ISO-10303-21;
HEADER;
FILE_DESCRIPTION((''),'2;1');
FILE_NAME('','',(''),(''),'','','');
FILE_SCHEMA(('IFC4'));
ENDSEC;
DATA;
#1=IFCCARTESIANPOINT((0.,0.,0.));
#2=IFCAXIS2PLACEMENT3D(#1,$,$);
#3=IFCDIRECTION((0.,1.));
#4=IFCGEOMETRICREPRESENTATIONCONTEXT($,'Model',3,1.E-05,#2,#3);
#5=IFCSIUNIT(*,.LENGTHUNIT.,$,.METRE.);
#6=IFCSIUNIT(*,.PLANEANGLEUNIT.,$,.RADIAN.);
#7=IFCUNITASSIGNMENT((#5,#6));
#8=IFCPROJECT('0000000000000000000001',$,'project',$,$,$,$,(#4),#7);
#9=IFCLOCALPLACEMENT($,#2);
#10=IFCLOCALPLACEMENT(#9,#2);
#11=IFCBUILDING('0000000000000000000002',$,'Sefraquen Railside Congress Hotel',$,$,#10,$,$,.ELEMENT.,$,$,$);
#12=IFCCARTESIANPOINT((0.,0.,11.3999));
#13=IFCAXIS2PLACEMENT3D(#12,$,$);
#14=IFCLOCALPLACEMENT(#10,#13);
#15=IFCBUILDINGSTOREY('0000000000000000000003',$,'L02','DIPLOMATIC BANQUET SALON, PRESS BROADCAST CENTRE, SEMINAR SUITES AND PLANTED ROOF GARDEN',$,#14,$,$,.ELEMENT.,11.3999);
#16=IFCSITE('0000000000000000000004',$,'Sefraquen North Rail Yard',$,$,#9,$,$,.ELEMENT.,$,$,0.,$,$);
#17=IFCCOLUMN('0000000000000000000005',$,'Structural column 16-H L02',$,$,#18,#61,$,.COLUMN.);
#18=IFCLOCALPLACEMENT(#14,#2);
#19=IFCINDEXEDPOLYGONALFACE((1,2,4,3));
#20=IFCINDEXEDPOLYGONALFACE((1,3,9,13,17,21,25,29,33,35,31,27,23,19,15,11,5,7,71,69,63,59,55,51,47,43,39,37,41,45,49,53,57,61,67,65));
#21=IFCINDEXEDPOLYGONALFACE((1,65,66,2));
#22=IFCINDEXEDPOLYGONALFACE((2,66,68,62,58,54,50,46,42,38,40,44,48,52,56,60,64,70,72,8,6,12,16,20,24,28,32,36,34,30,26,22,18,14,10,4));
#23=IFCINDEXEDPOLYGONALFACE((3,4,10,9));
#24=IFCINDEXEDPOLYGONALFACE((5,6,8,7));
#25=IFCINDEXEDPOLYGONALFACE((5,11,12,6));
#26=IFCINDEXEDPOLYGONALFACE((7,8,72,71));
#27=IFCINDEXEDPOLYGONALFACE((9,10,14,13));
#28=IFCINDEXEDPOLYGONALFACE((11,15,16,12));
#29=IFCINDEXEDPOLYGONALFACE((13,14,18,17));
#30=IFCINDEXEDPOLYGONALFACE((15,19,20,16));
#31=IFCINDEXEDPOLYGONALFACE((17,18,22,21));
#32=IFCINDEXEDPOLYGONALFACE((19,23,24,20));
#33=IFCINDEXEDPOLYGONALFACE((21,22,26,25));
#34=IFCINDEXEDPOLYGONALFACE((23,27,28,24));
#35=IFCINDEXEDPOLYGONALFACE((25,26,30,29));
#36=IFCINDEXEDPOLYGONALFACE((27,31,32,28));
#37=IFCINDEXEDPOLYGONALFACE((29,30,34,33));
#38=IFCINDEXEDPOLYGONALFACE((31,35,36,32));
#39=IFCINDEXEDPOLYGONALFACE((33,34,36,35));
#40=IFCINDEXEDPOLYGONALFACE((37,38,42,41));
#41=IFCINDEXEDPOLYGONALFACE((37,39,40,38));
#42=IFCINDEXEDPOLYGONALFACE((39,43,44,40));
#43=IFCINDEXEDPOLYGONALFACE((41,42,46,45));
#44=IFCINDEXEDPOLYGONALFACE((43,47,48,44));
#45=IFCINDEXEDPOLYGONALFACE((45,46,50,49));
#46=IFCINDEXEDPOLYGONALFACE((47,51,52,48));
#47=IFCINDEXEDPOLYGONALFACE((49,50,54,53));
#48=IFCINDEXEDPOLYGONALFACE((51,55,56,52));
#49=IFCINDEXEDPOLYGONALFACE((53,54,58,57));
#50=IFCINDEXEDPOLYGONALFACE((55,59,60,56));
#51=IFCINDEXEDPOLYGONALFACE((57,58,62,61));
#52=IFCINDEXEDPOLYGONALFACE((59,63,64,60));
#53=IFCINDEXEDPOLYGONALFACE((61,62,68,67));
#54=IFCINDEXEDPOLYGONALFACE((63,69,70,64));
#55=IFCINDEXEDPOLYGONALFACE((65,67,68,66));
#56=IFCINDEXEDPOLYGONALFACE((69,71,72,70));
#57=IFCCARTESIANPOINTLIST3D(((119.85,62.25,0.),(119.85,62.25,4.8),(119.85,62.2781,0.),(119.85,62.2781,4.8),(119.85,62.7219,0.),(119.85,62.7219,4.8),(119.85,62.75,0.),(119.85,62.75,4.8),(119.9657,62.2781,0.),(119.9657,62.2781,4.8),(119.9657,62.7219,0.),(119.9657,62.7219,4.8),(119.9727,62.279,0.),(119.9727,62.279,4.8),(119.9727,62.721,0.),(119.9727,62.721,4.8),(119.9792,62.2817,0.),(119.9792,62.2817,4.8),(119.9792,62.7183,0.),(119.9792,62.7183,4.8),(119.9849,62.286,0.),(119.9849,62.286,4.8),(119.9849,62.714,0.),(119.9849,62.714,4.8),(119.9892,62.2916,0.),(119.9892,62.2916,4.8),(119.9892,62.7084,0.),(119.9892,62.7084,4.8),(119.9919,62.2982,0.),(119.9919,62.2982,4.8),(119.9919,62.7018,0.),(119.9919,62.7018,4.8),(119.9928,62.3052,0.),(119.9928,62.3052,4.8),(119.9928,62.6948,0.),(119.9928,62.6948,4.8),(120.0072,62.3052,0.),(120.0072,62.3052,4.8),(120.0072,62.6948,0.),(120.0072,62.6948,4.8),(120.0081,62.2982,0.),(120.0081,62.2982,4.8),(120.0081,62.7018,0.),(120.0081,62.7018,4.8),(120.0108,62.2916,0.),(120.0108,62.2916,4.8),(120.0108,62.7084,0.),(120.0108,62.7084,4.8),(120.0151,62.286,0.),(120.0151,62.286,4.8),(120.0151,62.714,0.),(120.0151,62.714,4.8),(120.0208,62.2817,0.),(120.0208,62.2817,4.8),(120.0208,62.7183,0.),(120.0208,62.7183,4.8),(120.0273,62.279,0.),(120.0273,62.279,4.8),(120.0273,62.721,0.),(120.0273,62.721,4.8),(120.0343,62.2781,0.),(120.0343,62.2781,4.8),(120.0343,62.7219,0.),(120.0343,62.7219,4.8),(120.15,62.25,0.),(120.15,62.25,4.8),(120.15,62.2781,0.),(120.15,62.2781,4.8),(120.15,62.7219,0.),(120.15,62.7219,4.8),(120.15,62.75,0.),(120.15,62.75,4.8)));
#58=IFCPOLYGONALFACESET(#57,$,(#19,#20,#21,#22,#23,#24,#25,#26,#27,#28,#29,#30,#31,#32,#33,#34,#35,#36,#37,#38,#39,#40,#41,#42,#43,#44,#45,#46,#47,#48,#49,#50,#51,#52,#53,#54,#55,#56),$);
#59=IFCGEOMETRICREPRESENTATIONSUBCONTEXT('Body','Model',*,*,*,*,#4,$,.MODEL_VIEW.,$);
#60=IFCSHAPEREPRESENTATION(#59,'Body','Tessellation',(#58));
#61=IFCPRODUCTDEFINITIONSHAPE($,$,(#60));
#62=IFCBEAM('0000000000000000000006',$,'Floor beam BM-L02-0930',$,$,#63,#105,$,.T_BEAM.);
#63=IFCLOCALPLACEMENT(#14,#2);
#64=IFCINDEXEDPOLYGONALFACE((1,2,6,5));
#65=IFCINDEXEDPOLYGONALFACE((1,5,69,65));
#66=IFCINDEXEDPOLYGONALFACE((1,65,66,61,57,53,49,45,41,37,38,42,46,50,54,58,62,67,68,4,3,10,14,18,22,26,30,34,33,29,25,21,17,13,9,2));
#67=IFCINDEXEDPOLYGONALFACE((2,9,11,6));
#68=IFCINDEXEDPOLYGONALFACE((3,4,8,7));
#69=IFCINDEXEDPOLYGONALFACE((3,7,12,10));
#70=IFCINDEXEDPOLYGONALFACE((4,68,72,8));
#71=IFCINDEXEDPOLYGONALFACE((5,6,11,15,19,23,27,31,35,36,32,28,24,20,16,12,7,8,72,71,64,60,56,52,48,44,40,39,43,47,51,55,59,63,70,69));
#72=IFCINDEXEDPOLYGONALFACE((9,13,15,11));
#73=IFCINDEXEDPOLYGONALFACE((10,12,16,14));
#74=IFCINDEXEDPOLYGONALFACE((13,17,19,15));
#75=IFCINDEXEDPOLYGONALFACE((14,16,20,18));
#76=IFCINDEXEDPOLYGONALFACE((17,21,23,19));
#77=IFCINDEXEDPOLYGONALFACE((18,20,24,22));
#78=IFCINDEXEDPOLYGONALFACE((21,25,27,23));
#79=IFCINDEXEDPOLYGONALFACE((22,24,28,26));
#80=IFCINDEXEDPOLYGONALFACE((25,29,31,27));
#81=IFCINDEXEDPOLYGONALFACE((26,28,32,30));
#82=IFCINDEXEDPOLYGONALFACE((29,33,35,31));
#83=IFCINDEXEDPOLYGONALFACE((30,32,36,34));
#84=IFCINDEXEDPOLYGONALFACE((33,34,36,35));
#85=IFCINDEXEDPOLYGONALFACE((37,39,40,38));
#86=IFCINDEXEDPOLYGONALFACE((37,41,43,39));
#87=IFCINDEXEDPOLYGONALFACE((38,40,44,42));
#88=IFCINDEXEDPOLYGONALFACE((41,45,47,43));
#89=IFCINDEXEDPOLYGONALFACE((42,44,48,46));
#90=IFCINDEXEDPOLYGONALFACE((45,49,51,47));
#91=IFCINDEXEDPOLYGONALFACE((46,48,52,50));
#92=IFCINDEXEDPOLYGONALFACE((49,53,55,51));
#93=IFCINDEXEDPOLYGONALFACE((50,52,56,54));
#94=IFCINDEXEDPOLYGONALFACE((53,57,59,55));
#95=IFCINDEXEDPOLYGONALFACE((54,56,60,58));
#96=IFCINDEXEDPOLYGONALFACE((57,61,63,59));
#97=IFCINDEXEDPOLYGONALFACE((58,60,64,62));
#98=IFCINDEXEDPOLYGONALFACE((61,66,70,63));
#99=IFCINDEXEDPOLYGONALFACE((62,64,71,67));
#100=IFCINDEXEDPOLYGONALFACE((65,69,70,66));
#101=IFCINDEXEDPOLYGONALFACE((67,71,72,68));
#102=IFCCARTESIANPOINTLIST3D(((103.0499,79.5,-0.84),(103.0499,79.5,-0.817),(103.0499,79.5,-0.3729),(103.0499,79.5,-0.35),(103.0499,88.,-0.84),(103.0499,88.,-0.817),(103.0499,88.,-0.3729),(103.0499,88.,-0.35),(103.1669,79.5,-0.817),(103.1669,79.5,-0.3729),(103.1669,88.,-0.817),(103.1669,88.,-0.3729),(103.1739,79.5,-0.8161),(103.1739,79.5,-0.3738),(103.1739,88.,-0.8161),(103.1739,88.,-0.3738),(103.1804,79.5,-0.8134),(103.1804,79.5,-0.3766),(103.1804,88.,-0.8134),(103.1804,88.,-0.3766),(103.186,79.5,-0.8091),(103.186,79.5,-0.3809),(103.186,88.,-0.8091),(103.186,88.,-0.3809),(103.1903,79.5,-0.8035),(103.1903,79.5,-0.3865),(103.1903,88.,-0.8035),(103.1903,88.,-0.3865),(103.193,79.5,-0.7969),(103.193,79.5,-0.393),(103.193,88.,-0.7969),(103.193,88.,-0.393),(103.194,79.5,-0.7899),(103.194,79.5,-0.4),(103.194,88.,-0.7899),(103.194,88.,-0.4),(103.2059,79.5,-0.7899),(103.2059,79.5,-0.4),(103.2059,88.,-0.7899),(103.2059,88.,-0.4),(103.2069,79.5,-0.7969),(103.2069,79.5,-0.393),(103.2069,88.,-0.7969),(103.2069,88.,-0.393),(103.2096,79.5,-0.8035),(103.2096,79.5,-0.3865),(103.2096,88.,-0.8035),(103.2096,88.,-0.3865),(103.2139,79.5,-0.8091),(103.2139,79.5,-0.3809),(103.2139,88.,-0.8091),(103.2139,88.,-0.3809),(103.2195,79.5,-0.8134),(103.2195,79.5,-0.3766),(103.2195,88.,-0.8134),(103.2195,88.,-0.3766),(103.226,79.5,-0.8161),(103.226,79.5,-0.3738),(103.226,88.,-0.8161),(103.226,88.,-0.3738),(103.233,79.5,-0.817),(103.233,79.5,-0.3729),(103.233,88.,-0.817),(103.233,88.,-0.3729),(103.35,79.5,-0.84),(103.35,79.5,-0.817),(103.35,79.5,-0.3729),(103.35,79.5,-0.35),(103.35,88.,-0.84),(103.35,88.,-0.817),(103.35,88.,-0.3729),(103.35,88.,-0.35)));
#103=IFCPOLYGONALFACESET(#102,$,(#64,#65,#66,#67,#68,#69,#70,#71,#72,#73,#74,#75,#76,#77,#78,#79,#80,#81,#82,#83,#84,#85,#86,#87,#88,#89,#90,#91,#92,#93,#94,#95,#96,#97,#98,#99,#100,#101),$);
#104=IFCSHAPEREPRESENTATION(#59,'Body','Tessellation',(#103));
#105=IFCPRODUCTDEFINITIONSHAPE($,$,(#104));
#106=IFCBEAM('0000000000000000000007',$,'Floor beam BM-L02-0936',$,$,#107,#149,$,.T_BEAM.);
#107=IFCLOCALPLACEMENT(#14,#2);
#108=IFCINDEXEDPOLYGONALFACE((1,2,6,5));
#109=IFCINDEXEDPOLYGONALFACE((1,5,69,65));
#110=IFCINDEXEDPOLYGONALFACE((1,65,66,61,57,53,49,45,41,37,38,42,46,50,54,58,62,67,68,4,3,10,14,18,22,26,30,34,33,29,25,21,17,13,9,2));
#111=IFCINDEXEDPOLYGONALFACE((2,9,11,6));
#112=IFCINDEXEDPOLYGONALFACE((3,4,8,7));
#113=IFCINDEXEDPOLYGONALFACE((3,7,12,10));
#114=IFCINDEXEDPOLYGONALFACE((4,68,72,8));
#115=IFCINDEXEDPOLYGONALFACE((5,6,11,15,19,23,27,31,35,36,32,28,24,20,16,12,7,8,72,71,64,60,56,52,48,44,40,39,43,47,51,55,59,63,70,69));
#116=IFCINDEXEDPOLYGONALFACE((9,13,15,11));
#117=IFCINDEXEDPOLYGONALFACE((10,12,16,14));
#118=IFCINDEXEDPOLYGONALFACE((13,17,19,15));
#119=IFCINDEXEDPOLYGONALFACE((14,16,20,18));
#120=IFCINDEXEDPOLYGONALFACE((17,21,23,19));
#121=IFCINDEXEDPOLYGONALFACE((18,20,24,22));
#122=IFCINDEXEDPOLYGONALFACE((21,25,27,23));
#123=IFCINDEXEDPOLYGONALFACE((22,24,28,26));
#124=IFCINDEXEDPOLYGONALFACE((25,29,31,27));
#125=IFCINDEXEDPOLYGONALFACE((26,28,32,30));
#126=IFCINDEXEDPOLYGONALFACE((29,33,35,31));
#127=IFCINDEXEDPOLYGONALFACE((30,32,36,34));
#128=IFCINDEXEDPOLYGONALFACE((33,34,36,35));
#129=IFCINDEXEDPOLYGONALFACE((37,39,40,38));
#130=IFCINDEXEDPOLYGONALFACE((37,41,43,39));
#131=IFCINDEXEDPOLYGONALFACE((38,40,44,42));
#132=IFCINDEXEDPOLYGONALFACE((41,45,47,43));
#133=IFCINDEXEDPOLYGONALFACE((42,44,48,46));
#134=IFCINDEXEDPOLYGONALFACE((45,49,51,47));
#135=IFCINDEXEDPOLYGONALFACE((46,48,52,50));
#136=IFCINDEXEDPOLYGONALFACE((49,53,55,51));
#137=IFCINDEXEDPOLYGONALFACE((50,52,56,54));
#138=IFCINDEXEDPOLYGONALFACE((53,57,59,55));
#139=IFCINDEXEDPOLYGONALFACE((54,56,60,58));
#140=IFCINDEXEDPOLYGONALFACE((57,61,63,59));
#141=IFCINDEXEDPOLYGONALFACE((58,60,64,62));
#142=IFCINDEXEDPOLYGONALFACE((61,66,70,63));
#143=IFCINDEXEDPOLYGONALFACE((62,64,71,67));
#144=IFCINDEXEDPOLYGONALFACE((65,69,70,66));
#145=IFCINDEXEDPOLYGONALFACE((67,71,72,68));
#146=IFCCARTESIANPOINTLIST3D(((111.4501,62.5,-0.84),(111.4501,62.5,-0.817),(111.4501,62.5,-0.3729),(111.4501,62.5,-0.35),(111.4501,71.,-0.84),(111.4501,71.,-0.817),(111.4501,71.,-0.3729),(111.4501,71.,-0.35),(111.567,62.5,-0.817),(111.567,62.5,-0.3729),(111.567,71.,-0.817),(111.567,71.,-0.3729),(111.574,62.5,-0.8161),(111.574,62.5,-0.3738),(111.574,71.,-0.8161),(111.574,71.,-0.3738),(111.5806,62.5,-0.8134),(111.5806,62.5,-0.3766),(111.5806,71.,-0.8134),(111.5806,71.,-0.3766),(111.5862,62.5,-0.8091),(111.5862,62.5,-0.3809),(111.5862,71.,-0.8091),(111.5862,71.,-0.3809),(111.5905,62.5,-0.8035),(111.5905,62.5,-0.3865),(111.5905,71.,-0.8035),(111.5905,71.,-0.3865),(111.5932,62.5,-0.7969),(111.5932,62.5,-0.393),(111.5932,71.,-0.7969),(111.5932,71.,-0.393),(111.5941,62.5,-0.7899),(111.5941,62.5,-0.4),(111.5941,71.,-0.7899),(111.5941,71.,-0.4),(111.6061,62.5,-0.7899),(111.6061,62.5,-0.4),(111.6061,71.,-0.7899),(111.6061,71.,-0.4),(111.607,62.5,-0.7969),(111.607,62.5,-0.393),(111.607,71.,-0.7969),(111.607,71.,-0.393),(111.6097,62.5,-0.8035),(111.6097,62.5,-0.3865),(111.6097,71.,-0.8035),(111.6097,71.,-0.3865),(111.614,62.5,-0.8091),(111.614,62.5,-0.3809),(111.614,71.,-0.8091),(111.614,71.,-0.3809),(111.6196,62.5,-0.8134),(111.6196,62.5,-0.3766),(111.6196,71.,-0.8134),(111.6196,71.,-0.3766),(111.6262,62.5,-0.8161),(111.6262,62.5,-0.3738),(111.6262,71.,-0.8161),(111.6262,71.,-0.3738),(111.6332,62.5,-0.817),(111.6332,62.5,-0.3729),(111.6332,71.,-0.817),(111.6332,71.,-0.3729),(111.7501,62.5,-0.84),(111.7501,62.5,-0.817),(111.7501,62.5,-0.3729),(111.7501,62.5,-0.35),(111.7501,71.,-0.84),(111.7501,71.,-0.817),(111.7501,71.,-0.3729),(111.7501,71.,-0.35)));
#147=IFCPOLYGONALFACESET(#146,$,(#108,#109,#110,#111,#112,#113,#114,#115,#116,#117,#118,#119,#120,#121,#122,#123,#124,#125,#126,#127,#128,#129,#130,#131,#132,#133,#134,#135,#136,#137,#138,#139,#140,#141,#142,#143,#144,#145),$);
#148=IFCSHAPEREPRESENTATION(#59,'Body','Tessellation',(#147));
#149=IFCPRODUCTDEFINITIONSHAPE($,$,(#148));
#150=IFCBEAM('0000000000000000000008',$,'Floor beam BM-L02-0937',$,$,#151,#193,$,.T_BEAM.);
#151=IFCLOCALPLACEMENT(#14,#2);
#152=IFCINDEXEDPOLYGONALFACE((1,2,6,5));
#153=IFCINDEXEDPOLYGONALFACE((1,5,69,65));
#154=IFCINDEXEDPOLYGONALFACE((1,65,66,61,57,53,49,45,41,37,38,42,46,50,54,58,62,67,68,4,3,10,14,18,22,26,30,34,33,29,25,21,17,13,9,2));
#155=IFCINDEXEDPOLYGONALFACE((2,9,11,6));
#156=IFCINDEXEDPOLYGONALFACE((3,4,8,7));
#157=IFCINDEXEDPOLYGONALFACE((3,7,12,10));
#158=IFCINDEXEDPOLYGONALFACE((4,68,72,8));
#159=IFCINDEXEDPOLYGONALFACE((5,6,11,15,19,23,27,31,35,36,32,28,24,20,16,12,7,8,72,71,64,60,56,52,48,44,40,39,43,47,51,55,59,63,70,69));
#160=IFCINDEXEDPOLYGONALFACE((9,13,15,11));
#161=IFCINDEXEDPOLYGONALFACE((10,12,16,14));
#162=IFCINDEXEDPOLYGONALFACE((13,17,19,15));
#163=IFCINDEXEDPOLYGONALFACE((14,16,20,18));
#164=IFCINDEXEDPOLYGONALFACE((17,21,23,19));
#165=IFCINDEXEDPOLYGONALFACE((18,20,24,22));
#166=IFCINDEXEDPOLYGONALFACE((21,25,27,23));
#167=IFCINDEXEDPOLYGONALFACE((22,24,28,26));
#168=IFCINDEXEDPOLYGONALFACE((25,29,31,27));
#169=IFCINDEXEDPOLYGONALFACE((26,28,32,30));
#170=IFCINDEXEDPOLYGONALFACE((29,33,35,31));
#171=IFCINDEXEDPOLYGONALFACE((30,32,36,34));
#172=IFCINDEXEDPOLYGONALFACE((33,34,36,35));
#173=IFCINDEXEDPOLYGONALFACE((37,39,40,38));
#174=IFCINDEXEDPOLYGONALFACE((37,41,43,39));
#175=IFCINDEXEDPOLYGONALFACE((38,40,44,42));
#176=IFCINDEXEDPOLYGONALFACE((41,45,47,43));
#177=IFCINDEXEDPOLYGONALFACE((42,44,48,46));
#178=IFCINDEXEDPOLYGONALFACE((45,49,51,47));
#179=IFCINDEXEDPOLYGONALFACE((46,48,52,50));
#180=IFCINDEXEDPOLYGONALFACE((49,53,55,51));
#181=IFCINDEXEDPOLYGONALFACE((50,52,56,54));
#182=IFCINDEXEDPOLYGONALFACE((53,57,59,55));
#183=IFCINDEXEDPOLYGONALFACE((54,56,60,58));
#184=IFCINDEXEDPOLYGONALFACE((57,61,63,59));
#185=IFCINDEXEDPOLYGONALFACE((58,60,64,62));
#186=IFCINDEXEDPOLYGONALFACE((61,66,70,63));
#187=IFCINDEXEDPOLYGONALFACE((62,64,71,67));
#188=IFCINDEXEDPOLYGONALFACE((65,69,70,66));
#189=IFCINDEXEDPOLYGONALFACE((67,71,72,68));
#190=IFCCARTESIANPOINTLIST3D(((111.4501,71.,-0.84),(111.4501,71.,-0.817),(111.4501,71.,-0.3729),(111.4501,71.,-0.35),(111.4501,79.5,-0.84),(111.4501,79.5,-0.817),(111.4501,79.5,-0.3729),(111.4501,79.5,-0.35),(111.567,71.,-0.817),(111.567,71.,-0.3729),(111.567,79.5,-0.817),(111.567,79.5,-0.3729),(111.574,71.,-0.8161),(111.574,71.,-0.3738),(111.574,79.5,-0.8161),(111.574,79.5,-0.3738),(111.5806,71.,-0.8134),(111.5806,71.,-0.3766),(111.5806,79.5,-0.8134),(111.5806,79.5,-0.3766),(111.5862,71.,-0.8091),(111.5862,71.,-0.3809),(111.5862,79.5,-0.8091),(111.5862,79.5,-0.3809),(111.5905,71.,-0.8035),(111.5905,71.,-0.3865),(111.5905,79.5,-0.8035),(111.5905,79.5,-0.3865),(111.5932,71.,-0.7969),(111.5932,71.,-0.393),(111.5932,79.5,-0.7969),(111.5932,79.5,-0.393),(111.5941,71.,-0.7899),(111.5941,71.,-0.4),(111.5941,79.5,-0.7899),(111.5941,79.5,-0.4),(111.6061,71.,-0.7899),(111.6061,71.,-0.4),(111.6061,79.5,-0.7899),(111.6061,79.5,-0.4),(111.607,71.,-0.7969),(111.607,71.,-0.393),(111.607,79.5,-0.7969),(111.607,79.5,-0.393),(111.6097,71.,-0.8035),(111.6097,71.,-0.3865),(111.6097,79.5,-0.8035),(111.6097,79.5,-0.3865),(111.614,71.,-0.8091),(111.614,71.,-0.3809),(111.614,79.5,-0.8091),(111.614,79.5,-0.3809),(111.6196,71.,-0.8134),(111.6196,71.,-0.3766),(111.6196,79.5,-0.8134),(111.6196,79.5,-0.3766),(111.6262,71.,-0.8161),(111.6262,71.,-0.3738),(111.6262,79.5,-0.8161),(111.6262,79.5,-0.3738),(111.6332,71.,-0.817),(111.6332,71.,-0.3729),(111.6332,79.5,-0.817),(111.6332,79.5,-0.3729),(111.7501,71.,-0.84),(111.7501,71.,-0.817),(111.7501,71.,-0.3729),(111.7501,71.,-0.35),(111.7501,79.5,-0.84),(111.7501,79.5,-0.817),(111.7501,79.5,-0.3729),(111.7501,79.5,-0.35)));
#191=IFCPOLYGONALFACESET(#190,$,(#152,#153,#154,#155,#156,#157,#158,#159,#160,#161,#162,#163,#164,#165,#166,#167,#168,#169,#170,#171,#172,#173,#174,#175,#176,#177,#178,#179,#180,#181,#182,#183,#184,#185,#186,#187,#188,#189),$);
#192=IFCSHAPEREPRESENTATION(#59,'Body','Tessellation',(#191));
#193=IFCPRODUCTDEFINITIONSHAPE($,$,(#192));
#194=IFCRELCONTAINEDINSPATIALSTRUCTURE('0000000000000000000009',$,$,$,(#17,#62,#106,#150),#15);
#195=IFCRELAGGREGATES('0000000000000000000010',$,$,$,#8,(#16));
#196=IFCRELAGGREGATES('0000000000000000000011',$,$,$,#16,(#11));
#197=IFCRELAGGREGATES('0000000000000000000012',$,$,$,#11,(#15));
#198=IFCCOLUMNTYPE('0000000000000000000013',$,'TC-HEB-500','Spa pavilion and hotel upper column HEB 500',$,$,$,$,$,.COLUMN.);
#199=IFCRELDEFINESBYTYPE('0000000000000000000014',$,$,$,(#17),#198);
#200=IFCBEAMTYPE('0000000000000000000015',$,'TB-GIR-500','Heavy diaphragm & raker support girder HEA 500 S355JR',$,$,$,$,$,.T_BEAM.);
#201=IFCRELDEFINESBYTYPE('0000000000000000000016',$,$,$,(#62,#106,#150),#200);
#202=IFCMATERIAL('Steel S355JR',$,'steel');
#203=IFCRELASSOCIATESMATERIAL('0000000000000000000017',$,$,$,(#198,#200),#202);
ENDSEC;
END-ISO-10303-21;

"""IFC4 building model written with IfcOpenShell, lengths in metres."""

from ifc_helpers import new_model, si_unit, direction, frame, origin, origin_2d, place, context, subcontext, project, spatial, i_section, extrude, material, material_profile, profile_set, type_object, element, save


model = new_model("IFC4")

# Units and contexts
model_context = context("Model", 3, precision=1e-05, world=origin(), true_north=direction((0.0, 1.0)))
body_context = subcontext(model_context, "Body", "Model", "MODEL_VIEW")
ifc_project = project(units=[si_unit("LENGTHUNIT", "METRE"), si_unit("PLANEANGLEUNIT", "RADIAN")], contexts=[model_context])

# Site, building, storey
site_placement = place(None, origin())
site = spatial("IfcSite", under=ifc_project, at=site_placement, Name="Sefraquen North Rail Yard", CompositionType="ELEMENT", RefElevation=0.0)
building_placement = place(site_placement, origin())
building = spatial("IfcBuilding", under=site, at=building_placement, Name="Sefraquen Railside Congress Hotel", CompositionType="ELEMENT")
storey_placement = place(building_placement, frame((0.0, 0.0, 11.3999)))
storey = spatial("IfcBuildingStorey", under=building, at=storey_placement, Name="L02", Description="DIPLOMATIC BANQUET SALON, PRESS BROADCAST CENTRE, SEMINAR SUITES AND PLANTED ROOF GARDEN", CompositionType="ELEMENT", Elevation=11.3999)

# Column
ifc_material_1 = material(Name="Steel S355JR", Category="steel")
ifc_material_profile_1 = material_profile(ifc_material_1, i_section(OverallWidth=0.3, OverallDepth=0.5, WebThickness=0.0144, FlangeThickness=0.0281, FilletRadius=0.0271, at=origin_2d()), Name="HEB 500")
ifc_profile_set_1 = profile_set([ifc_material_profile_1], Name="Steel S355JR")
column_type = type_object("IfcColumnType", Name="TC-HEB-500", Description="Spa pavilion and hotel upper column HEB 500", PredefinedType="COLUMN", material=ifc_profile_set_1)
for number, where, z_axis, x_axis, name in (
    (1, (120.0, 62.5, 0.0), (0.0, 0.0, 1.0), (1.0, 0.0, 0.0), "Structural column 16-H L02"),
):
    element("IfcColumn", number, at=place(storey_placement, frame(where, z_axis=z_axis, x_axis=x_axis)), inside=storey, type_object=column_type, Name=name, PredefinedType="COLUMN", context=body_context, shape_type="SweptSolid", body=[
        extrude(i_section(OverallWidth=0.3, OverallDepth=0.5, WebThickness=0.0144, FlangeThickness=0.0281, FilletRadius=0.0271, at=origin_2d()), origin(), (0.0, 0.0, 1.0), 4.8),
    ])

# Beams
ifc_material_profile_2 = material_profile(ifc_material_1, i_section(OverallWidth=0.3, OverallDepth=0.49, WebThickness=0.012, FlangeThickness=0.0229, FilletRadius=0.0271, at=origin_2d()), Name="HEA 500")
ifc_profile_set_2 = profile_set([ifc_material_profile_2], Name="Steel S355JR")
beam_type_1 = type_object("IfcBeamType", Name="TB-GIR-500", Description="Heavy diaphragm & raker support girder HEA 500 S355JR", PredefinedType="T_BEAM", material=ifc_profile_set_2)
for number, where, z_axis, x_axis, name in (
    (2, (103.2, 79.5, -0.595), (0.0, 1.0, 0.0), (-1.0, 0.0, 0.0), "Floor beam BM-L02-0930"),
    (3, (111.6001, 62.5, -0.595), (0.0, 1.0, 0.0), (-1.0, 0.0, 0.0), "Floor beam BM-L02-0936"),
    (4, (111.6001, 71.0, -0.595), (0.0, 1.0, 0.0), (-1.0, 0.0, 0.0), "Floor beam BM-L02-0937"),
):
    element("IfcBeam", number, at=place(storey_placement, frame(where, z_axis=z_axis, x_axis=x_axis)), inside=storey, type_object=beam_type_1, Name=name, PredefinedType="T_BEAM", context=body_context, shape_type="SweptSolid", body=[
        extrude(i_section(OverallWidth=0.3, OverallDepth=0.49, WebThickness=0.012, FlangeThickness=0.0229, FilletRadius=0.0271, at=origin_2d()), origin(), (0.0, 0.0, 1.0), 8.5),
    ])

save(model, "model.ifc")
